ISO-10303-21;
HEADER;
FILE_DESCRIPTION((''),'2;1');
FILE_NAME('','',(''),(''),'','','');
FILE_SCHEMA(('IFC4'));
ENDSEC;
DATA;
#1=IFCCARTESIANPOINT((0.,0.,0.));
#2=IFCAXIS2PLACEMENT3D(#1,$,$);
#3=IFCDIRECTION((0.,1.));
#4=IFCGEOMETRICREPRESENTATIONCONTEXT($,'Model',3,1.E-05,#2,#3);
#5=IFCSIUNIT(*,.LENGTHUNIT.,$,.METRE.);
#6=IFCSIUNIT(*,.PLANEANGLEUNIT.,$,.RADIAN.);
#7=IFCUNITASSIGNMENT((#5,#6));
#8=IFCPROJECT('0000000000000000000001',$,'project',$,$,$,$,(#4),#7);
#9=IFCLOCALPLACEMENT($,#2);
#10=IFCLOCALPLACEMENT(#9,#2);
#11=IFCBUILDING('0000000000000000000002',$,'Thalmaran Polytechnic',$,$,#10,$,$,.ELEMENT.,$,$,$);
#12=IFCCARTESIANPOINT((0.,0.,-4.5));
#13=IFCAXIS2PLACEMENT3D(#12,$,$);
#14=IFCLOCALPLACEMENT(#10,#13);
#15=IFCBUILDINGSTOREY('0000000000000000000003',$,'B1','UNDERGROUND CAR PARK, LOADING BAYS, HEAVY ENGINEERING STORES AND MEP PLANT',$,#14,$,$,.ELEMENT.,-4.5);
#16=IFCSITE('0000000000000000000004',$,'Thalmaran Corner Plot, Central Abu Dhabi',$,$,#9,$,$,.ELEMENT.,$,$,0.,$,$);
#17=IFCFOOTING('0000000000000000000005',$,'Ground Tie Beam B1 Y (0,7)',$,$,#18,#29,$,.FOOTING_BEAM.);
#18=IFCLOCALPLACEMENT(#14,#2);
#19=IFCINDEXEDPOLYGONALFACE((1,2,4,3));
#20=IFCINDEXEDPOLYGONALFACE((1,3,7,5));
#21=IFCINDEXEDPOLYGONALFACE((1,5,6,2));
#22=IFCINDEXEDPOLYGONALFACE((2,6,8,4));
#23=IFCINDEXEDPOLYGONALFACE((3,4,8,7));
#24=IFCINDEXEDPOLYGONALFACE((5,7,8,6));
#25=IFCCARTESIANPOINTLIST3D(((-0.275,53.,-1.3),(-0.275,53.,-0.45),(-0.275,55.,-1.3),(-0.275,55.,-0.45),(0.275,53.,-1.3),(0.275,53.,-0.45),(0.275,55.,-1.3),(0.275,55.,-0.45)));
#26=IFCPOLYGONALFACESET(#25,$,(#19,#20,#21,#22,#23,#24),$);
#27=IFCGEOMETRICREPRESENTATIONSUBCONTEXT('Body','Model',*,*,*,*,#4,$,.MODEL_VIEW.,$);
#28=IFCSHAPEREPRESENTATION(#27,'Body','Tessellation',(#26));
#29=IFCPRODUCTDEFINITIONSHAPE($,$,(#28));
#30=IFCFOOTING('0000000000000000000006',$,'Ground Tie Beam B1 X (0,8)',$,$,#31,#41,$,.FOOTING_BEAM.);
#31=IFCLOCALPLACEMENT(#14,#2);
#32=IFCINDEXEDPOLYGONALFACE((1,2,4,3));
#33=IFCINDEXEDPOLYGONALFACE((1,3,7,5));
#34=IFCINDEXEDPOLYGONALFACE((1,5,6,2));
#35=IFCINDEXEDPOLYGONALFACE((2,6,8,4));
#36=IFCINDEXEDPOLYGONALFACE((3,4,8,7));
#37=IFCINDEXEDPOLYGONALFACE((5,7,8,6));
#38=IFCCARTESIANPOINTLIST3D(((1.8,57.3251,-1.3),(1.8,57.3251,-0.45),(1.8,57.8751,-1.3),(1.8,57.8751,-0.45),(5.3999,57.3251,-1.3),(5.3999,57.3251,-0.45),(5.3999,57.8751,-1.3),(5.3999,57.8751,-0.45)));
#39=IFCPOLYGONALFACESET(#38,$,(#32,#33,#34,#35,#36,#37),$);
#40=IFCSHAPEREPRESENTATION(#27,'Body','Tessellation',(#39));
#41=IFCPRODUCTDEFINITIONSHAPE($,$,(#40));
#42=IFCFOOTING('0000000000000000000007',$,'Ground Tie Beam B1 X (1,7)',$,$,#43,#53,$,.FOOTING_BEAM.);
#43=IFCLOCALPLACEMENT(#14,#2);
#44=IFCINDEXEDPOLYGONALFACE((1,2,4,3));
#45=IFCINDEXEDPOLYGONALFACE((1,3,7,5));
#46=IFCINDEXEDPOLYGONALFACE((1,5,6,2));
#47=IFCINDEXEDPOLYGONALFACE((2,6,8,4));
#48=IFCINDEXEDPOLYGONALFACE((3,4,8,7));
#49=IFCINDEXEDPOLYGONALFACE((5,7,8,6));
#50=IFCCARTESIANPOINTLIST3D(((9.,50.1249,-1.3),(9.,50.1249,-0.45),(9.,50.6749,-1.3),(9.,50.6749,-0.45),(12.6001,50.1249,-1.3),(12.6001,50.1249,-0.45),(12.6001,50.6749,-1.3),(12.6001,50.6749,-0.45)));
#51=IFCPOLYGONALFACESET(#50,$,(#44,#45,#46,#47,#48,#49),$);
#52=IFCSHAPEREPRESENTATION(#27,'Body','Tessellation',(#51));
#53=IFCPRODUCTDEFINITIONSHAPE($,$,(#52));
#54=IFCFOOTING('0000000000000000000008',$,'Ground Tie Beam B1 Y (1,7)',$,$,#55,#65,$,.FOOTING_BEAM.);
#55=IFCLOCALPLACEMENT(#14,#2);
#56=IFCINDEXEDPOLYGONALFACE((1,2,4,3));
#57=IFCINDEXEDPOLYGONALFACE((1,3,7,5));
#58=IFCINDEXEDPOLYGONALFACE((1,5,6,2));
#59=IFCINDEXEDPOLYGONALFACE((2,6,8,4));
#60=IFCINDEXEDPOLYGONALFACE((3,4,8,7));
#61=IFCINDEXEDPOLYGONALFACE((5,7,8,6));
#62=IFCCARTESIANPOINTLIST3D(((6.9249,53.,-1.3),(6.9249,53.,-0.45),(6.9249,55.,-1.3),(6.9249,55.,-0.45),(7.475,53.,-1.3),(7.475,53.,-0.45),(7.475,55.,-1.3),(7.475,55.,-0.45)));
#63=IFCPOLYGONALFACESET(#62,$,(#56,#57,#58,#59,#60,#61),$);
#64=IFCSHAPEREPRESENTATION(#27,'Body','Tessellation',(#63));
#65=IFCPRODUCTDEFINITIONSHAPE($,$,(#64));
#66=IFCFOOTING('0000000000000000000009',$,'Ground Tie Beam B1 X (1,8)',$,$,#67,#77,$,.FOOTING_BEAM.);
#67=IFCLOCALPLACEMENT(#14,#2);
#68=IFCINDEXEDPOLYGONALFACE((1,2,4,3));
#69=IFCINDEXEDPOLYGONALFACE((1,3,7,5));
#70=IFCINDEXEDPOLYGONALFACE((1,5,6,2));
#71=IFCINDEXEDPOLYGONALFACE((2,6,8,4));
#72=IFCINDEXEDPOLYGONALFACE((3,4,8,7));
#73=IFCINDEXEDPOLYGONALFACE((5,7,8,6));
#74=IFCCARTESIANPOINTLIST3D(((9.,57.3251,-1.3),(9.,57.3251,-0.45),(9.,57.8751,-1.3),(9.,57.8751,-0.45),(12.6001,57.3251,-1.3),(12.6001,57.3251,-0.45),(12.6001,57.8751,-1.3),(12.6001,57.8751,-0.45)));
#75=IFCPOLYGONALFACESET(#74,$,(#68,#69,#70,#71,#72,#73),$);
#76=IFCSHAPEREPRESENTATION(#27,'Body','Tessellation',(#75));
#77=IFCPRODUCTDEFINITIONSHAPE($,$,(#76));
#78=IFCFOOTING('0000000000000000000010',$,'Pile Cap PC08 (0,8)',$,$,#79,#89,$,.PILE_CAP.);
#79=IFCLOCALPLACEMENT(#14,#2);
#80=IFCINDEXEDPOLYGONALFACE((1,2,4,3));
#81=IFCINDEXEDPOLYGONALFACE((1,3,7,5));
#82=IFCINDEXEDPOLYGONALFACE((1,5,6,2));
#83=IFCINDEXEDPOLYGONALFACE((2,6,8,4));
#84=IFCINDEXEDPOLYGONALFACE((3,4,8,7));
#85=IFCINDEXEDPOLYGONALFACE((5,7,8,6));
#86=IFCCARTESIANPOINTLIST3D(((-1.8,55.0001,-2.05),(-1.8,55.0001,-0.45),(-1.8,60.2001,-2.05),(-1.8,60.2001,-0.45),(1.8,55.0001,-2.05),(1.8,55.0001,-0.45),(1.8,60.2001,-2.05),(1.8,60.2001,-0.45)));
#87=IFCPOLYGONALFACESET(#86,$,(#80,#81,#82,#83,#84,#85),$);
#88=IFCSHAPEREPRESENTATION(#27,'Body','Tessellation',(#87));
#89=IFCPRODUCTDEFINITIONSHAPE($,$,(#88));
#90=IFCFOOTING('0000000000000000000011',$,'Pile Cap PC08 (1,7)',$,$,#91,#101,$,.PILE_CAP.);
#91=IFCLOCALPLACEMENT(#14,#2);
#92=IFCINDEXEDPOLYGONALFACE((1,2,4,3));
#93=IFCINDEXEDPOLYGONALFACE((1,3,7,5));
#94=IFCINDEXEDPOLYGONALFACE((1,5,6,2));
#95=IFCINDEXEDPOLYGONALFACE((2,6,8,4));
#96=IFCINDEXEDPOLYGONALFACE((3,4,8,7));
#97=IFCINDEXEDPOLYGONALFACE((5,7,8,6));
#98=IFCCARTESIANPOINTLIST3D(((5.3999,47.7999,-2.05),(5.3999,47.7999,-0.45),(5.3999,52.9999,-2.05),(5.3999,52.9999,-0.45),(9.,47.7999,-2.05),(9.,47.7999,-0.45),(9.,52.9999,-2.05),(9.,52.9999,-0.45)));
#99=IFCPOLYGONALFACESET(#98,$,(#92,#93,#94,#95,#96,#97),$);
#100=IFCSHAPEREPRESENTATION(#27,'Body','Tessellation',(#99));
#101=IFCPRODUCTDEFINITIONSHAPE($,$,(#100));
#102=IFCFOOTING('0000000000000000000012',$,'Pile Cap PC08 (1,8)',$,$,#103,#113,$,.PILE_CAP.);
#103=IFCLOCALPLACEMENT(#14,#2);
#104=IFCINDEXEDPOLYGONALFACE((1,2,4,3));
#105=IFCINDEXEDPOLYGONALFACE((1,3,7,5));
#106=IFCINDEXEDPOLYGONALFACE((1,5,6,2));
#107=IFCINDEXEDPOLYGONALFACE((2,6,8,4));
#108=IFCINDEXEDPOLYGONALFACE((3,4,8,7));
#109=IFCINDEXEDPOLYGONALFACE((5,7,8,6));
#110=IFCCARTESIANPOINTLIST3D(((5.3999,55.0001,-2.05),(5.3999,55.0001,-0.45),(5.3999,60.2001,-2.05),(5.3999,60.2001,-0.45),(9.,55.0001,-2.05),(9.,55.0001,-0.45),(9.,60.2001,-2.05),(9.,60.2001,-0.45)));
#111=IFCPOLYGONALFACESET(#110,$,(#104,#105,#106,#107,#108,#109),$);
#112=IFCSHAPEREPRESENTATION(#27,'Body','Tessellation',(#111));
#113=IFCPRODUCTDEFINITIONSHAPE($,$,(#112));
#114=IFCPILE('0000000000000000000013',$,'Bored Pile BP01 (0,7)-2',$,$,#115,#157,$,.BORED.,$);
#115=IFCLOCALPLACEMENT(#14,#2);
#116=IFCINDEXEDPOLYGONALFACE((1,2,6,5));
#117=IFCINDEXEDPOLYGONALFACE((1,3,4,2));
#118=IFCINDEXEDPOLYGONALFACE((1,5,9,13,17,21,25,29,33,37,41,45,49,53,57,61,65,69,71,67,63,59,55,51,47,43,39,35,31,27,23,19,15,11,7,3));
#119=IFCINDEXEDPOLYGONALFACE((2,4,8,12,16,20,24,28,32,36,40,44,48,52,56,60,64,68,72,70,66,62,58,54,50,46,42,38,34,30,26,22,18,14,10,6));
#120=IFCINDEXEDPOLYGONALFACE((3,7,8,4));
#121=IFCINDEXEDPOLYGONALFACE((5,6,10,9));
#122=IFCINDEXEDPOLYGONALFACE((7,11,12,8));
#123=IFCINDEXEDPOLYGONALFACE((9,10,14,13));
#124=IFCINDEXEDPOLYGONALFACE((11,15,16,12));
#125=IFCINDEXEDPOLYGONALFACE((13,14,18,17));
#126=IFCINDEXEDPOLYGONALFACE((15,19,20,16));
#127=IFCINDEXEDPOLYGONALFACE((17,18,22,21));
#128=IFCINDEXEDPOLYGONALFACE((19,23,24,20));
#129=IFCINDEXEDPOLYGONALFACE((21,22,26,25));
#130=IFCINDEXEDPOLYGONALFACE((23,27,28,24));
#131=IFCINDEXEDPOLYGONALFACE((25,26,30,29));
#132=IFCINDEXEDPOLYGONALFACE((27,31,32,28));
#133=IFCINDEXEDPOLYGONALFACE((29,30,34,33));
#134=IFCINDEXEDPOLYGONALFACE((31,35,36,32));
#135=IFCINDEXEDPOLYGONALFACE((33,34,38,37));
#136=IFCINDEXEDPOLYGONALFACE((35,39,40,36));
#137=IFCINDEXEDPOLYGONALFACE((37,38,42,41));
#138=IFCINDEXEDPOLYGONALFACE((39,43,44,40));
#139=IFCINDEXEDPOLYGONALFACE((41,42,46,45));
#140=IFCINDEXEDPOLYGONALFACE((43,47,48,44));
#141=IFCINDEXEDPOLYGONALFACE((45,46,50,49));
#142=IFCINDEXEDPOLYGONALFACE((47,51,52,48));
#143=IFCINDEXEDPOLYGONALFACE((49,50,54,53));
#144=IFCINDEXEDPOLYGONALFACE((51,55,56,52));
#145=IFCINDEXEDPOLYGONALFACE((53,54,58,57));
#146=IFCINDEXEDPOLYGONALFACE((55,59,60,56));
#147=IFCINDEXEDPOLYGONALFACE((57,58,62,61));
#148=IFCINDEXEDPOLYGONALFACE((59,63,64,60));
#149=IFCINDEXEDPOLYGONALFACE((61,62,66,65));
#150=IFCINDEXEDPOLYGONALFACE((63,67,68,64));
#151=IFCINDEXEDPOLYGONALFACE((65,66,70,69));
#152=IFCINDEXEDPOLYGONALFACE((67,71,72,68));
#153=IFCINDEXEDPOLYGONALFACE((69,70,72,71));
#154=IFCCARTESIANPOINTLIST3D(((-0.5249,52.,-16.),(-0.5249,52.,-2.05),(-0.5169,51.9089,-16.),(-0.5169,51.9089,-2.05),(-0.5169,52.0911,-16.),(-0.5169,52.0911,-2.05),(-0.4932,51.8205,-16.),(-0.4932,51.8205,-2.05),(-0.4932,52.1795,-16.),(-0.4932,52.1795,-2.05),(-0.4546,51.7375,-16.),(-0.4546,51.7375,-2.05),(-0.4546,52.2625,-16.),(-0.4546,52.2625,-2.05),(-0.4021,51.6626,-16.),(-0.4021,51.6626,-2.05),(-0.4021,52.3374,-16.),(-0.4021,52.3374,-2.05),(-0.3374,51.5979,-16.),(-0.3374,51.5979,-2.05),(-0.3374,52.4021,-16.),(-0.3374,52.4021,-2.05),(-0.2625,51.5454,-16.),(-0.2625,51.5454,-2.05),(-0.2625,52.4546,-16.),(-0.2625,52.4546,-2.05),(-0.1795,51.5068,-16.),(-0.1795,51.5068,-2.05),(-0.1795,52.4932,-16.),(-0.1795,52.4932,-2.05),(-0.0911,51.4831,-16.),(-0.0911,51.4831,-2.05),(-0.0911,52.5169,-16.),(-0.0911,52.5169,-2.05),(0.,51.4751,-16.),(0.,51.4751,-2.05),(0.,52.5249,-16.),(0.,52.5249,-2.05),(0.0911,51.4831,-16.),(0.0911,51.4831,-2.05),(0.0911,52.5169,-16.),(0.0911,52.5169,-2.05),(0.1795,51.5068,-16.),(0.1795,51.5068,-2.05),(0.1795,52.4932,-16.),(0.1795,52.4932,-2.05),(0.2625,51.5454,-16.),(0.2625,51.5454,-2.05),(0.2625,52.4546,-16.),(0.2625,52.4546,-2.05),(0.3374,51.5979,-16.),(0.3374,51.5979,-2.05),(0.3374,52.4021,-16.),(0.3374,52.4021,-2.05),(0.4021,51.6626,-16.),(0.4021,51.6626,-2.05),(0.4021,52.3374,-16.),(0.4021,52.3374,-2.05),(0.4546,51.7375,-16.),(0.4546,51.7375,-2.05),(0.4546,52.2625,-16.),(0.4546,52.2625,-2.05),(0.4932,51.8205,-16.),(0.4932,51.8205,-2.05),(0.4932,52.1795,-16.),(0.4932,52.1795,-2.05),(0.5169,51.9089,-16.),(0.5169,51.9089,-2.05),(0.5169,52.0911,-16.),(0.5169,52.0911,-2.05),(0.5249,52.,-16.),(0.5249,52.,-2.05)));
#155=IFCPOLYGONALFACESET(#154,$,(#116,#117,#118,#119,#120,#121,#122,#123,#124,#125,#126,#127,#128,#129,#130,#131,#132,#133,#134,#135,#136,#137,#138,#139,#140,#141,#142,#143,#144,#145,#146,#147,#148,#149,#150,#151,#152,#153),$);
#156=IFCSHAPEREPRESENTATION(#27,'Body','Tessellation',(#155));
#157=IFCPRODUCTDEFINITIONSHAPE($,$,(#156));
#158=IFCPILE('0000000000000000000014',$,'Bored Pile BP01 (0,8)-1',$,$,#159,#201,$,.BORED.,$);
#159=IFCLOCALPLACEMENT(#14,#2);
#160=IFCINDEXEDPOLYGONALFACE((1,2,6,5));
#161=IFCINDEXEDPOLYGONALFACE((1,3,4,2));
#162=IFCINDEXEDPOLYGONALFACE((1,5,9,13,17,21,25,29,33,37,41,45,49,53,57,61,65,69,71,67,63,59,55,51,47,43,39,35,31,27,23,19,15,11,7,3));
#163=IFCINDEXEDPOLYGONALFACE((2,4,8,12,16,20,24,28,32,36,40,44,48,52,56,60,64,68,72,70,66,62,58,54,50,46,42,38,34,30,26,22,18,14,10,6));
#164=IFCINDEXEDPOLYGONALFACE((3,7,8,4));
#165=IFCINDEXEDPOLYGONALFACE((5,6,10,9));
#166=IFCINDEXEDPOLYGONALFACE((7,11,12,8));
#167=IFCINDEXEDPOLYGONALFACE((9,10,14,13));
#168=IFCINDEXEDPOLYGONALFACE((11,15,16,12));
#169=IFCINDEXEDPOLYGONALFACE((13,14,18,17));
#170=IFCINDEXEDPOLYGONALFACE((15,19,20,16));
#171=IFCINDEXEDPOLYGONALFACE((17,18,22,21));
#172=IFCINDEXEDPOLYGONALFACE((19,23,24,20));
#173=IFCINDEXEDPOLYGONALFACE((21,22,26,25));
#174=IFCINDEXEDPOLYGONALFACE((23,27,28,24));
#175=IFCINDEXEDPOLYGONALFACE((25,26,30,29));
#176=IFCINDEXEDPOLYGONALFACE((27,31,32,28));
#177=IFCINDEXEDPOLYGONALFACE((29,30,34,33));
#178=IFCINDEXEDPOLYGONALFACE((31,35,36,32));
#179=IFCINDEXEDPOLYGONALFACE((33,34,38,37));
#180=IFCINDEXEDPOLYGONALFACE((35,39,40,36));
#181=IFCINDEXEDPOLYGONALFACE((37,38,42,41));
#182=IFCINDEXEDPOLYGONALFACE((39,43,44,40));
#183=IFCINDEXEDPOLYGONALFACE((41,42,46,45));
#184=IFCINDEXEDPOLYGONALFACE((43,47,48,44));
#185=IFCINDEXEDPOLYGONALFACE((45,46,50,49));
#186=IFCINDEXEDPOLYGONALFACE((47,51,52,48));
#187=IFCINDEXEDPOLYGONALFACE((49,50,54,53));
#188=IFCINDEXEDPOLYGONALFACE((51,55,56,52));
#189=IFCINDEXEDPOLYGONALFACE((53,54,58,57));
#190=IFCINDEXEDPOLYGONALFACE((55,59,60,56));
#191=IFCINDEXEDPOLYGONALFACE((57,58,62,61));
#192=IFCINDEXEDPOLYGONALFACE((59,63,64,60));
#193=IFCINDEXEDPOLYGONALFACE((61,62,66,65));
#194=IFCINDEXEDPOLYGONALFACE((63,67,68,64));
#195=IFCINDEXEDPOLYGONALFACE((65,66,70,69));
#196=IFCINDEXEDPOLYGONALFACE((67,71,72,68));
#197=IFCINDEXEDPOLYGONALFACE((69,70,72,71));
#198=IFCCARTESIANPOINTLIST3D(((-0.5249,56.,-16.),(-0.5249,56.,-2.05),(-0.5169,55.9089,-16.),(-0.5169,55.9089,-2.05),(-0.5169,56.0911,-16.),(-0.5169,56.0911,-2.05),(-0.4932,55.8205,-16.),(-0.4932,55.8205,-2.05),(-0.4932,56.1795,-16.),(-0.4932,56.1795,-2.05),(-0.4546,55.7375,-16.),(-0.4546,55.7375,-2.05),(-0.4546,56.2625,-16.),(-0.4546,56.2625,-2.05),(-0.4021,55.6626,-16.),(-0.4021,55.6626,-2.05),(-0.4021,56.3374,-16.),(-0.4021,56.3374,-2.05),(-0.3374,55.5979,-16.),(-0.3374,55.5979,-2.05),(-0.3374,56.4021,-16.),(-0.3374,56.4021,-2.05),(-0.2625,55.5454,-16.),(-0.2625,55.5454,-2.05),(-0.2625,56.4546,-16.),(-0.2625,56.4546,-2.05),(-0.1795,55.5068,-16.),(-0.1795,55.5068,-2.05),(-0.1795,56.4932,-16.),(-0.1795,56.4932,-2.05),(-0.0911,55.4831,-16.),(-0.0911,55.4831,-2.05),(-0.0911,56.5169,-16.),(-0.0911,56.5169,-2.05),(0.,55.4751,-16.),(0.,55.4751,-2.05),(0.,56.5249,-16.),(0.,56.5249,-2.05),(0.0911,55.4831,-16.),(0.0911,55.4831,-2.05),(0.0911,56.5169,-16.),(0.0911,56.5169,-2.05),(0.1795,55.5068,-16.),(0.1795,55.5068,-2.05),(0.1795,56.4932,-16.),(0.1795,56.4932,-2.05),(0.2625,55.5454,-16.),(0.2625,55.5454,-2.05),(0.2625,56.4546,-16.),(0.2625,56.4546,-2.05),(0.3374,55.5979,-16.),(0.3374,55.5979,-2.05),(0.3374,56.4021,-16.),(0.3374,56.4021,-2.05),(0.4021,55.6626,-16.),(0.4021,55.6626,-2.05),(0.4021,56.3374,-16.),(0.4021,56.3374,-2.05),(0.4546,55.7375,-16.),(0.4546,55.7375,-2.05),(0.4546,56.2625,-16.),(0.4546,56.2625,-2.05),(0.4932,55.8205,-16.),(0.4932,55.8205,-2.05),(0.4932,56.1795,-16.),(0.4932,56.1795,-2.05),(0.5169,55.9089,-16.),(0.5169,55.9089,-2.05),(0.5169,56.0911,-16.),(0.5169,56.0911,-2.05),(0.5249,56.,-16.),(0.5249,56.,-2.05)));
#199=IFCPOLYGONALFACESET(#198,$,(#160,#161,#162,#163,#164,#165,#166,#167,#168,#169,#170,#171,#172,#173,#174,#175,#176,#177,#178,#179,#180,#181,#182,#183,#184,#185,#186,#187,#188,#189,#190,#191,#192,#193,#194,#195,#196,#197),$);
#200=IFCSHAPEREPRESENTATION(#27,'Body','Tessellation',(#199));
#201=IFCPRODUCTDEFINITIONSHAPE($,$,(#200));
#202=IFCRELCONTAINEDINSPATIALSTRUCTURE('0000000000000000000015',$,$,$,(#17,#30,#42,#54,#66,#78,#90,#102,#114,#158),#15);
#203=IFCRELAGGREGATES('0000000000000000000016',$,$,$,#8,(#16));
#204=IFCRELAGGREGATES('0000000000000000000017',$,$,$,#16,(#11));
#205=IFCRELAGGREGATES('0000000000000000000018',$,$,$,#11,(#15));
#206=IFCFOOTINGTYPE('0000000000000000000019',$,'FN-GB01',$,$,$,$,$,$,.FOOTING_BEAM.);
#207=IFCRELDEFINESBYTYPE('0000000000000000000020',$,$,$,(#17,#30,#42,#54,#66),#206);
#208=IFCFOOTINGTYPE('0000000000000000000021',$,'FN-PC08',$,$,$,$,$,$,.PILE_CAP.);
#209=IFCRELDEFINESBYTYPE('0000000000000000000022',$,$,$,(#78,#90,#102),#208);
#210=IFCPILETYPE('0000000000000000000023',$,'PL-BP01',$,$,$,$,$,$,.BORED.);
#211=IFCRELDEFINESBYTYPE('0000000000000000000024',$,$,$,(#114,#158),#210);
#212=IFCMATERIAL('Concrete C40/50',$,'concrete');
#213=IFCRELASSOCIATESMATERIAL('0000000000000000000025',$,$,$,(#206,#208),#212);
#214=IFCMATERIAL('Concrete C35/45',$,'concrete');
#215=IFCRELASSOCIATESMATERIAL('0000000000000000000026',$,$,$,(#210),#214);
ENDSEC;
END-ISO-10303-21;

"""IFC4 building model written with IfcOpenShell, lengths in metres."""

from ifc_helpers import new_model, si_unit, direction, frame, origin, origin_2d, place, context, subcontext, project, spatial, rectangle, circle, extrude, material, material_profile, profile_set, type_object, element, save


model = new_model("IFC4")

# Units and contexts
model_context = context("Model", 3, precision=1e-05, world=origin(), true_north=direction((0.0, 1.0)))
body_context = subcontext(model_context, "Body", "Model", "MODEL_VIEW")
ifc_project = project(units=[si_unit("LENGTHUNIT", "METRE"), si_unit("PLANEANGLEUNIT", "RADIAN")], contexts=[model_context])

# Site, building, storey
site_placement = place(None, origin())
site = spatial("IfcSite", under=ifc_project, at=site_placement, Name="Thalmaran Corner Plot, Central Abu Dhabi", CompositionType="ELEMENT", RefElevation=0.0)
building_placement = place(site_placement, origin())
building = spatial("IfcBuilding", under=site, at=building_placement, Name="Thalmaran Polytechnic", CompositionType="ELEMENT")
storey_placement = place(building_placement, frame((0.0, 0.0, -4.5)))
storey = spatial("IfcBuildingStorey", under=building, at=storey_placement, Name="B1", Description="UNDERGROUND CAR PARK, LOADING BAYS, HEAVY ENGINEERING STORES AND MEP PLANT", CompositionType="ELEMENT", Elevation=-4.5)

# Footings
ifc_material_1 = material(Name="Concrete C40/50", Category="concrete")
ifc_material_profile_1 = material_profile(ifc_material_1, rectangle(XDim=0.55, YDim=0.8501, at=origin_2d()), Name="RC 550x850")
ifc_profile_set_1 = profile_set([ifc_material_profile_1], Name="Concrete C40/50")
footing_type_1 = type_object("IfcFootingType", Name="FN-GB01", PredefinedType="FOOTING_BEAM", material=ifc_profile_set_1)
footing_1_placement = place(storey_placement, frame((0.0, 53.0, -0.875), z_axis=(0.0, 1.0, 0.0), x_axis=(-1.0, 0.0, 0.0)))
element("IfcFooting", 1, at=footing_1_placement, inside=storey, type_object=footing_type_1, Name="Ground Tie Beam B1 Y (0,7)", PredefinedType="FOOTING_BEAM", context=body_context, shape_type="SweptSolid", body=[
    extrude(rectangle(XDim=0.55, YDim=0.8501, at=origin_2d()), origin(), (0.0, 0.0, 1.0), 2.0),
])
footing_2_placement = place(storey_placement, frame((1.8, 57.6001, -0.875), z_axis=(1.0, 0.0, 0.0), x_axis=(0.0, 1.0, 0.0)))
element("IfcFooting", 2, at=footing_2_placement, inside=storey, type_object=footing_type_1, Name="Ground Tie Beam B1 X (0,8)", PredefinedType="FOOTING_BEAM", context=body_context, shape_type="SweptSolid", body=[
    extrude(rectangle(XDim=0.55, YDim=0.8501, at=origin_2d()), origin(), (0.0, 0.0, 1.0), 3.5999),
])
footing_3_placement = place(storey_placement, frame((9.0, 50.3999, -0.875), z_axis=(1.0, 0.0, 0.0), x_axis=(0.0, 1.0, 0.0)))
element("IfcFooting", 3, at=footing_3_placement, inside=storey, type_object=footing_type_1, Name="Ground Tie Beam B1 X (1,7)", PredefinedType="FOOTING_BEAM", context=body_context, shape_type="SweptSolid", body=[
    extrude(rectangle(XDim=0.55, YDim=0.8501, at=origin_2d()), origin(), (0.0, 0.0, 1.0), 3.6001),
])
footing_4_placement = place(storey_placement, frame((7.2, 53.0, -0.875), z_axis=(0.0, 1.0, 0.0), x_axis=(-1.0, 0.0, 0.0)))
element("IfcFooting", 4, at=footing_4_placement, inside=storey, type_object=footing_type_1, Name="Ground Tie Beam B1 Y (1,7)", PredefinedType="FOOTING_BEAM", context=body_context, shape_type="SweptSolid", body=[
    extrude(rectangle(XDim=0.55, YDim=0.8501, at=origin_2d()), origin(), (0.0, 0.0, 1.0), 2.0),
])
footing_5_placement = place(storey_placement, frame((9.0, 57.6001, -0.875), z_axis=(1.0, 0.0, 0.0), x_axis=(0.0, 1.0, 0.0)))
element("IfcFooting", 5, at=footing_5_placement, inside=storey, type_object=footing_type_1, Name="Ground Tie Beam B1 X (1,8)", PredefinedType="FOOTING_BEAM", context=body_context, shape_type="SweptSolid", body=[
    extrude(rectangle(XDim=0.55, YDim=0.8501, at=origin_2d()), origin(), (0.0, 0.0, 1.0), 3.6001),
])
footing_type_2 = type_object("IfcFootingType", Name="FN-PC08", PredefinedType="PILE_CAP", material=ifc_material_1)
for number, where, z_axis, x_axis, name in (
    (6, (0.0, 57.6001, -2.05), (0.0, 0.0, 1.0), (1.0, 0.0, 0.0), "Pile Cap PC08 (0,8)"),
    (7, (7.2, 50.3999, -2.05), (0.0, 0.0, 1.0), (1.0, 0.0, 0.0), "Pile Cap PC08 (1,7)"),
    (8, (7.2, 57.6001, -2.05), (0.0, 0.0, 1.0), (1.0, 0.0, 0.0), "Pile Cap PC08 (1,8)"),
):
    element("IfcFooting", number, at=place(storey_placement, frame(where, z_axis=z_axis, x_axis=x_axis)), inside=storey, type_object=footing_type_2, Name=name, PredefinedType="PILE_CAP", context=body_context, shape_type="SweptSolid", body=[
        extrude(rectangle(XDim=3.6001, YDim=5.2, at=origin_2d()), origin(), (0.0, 0.0, 1.0), 1.6001),
    ])

# Piles
ifc_material_2 = material(Name="Concrete C35/45", Category="concrete")
ifc_material_profile_2 = material_profile(ifc_material_2, circle(Radius=0.5249, at=origin_2d()), Name="RC 1050 DIA")
ifc_profile_set_2 = profile_set([ifc_material_profile_2], Name="Concrete C35/45")
pile_type = type_object("IfcPileType", Name="PL-BP01", PredefinedType="BORED", material=ifc_profile_set_2)
for number, where, z_axis, x_axis, name in (
    (9, (0.0, 52.0, -2.05), (0.0, 0.0, -1.0), (1.0, 0.0, 0.0), "Bored Pile BP01 (0,7)-2"),
    (10, (0.0, 56.0, -2.05), (0.0, 0.0, -1.0), (1.0, 0.0, 0.0), "Bored Pile BP01 (0,8)-1"),
):
    element("IfcPile", number, at=place(storey_placement, frame(where, z_axis=z_axis, x_axis=x_axis)), inside=storey, type_object=pile_type, Name=name, PredefinedType="BORED", context=body_context, shape_type="SweptSolid", body=[
        extrude(circle(Radius=0.5249, at=origin_2d()), origin(), (0.0, 0.0, 1.0), 13.95),
    ])

save(model, "model.ifc")
